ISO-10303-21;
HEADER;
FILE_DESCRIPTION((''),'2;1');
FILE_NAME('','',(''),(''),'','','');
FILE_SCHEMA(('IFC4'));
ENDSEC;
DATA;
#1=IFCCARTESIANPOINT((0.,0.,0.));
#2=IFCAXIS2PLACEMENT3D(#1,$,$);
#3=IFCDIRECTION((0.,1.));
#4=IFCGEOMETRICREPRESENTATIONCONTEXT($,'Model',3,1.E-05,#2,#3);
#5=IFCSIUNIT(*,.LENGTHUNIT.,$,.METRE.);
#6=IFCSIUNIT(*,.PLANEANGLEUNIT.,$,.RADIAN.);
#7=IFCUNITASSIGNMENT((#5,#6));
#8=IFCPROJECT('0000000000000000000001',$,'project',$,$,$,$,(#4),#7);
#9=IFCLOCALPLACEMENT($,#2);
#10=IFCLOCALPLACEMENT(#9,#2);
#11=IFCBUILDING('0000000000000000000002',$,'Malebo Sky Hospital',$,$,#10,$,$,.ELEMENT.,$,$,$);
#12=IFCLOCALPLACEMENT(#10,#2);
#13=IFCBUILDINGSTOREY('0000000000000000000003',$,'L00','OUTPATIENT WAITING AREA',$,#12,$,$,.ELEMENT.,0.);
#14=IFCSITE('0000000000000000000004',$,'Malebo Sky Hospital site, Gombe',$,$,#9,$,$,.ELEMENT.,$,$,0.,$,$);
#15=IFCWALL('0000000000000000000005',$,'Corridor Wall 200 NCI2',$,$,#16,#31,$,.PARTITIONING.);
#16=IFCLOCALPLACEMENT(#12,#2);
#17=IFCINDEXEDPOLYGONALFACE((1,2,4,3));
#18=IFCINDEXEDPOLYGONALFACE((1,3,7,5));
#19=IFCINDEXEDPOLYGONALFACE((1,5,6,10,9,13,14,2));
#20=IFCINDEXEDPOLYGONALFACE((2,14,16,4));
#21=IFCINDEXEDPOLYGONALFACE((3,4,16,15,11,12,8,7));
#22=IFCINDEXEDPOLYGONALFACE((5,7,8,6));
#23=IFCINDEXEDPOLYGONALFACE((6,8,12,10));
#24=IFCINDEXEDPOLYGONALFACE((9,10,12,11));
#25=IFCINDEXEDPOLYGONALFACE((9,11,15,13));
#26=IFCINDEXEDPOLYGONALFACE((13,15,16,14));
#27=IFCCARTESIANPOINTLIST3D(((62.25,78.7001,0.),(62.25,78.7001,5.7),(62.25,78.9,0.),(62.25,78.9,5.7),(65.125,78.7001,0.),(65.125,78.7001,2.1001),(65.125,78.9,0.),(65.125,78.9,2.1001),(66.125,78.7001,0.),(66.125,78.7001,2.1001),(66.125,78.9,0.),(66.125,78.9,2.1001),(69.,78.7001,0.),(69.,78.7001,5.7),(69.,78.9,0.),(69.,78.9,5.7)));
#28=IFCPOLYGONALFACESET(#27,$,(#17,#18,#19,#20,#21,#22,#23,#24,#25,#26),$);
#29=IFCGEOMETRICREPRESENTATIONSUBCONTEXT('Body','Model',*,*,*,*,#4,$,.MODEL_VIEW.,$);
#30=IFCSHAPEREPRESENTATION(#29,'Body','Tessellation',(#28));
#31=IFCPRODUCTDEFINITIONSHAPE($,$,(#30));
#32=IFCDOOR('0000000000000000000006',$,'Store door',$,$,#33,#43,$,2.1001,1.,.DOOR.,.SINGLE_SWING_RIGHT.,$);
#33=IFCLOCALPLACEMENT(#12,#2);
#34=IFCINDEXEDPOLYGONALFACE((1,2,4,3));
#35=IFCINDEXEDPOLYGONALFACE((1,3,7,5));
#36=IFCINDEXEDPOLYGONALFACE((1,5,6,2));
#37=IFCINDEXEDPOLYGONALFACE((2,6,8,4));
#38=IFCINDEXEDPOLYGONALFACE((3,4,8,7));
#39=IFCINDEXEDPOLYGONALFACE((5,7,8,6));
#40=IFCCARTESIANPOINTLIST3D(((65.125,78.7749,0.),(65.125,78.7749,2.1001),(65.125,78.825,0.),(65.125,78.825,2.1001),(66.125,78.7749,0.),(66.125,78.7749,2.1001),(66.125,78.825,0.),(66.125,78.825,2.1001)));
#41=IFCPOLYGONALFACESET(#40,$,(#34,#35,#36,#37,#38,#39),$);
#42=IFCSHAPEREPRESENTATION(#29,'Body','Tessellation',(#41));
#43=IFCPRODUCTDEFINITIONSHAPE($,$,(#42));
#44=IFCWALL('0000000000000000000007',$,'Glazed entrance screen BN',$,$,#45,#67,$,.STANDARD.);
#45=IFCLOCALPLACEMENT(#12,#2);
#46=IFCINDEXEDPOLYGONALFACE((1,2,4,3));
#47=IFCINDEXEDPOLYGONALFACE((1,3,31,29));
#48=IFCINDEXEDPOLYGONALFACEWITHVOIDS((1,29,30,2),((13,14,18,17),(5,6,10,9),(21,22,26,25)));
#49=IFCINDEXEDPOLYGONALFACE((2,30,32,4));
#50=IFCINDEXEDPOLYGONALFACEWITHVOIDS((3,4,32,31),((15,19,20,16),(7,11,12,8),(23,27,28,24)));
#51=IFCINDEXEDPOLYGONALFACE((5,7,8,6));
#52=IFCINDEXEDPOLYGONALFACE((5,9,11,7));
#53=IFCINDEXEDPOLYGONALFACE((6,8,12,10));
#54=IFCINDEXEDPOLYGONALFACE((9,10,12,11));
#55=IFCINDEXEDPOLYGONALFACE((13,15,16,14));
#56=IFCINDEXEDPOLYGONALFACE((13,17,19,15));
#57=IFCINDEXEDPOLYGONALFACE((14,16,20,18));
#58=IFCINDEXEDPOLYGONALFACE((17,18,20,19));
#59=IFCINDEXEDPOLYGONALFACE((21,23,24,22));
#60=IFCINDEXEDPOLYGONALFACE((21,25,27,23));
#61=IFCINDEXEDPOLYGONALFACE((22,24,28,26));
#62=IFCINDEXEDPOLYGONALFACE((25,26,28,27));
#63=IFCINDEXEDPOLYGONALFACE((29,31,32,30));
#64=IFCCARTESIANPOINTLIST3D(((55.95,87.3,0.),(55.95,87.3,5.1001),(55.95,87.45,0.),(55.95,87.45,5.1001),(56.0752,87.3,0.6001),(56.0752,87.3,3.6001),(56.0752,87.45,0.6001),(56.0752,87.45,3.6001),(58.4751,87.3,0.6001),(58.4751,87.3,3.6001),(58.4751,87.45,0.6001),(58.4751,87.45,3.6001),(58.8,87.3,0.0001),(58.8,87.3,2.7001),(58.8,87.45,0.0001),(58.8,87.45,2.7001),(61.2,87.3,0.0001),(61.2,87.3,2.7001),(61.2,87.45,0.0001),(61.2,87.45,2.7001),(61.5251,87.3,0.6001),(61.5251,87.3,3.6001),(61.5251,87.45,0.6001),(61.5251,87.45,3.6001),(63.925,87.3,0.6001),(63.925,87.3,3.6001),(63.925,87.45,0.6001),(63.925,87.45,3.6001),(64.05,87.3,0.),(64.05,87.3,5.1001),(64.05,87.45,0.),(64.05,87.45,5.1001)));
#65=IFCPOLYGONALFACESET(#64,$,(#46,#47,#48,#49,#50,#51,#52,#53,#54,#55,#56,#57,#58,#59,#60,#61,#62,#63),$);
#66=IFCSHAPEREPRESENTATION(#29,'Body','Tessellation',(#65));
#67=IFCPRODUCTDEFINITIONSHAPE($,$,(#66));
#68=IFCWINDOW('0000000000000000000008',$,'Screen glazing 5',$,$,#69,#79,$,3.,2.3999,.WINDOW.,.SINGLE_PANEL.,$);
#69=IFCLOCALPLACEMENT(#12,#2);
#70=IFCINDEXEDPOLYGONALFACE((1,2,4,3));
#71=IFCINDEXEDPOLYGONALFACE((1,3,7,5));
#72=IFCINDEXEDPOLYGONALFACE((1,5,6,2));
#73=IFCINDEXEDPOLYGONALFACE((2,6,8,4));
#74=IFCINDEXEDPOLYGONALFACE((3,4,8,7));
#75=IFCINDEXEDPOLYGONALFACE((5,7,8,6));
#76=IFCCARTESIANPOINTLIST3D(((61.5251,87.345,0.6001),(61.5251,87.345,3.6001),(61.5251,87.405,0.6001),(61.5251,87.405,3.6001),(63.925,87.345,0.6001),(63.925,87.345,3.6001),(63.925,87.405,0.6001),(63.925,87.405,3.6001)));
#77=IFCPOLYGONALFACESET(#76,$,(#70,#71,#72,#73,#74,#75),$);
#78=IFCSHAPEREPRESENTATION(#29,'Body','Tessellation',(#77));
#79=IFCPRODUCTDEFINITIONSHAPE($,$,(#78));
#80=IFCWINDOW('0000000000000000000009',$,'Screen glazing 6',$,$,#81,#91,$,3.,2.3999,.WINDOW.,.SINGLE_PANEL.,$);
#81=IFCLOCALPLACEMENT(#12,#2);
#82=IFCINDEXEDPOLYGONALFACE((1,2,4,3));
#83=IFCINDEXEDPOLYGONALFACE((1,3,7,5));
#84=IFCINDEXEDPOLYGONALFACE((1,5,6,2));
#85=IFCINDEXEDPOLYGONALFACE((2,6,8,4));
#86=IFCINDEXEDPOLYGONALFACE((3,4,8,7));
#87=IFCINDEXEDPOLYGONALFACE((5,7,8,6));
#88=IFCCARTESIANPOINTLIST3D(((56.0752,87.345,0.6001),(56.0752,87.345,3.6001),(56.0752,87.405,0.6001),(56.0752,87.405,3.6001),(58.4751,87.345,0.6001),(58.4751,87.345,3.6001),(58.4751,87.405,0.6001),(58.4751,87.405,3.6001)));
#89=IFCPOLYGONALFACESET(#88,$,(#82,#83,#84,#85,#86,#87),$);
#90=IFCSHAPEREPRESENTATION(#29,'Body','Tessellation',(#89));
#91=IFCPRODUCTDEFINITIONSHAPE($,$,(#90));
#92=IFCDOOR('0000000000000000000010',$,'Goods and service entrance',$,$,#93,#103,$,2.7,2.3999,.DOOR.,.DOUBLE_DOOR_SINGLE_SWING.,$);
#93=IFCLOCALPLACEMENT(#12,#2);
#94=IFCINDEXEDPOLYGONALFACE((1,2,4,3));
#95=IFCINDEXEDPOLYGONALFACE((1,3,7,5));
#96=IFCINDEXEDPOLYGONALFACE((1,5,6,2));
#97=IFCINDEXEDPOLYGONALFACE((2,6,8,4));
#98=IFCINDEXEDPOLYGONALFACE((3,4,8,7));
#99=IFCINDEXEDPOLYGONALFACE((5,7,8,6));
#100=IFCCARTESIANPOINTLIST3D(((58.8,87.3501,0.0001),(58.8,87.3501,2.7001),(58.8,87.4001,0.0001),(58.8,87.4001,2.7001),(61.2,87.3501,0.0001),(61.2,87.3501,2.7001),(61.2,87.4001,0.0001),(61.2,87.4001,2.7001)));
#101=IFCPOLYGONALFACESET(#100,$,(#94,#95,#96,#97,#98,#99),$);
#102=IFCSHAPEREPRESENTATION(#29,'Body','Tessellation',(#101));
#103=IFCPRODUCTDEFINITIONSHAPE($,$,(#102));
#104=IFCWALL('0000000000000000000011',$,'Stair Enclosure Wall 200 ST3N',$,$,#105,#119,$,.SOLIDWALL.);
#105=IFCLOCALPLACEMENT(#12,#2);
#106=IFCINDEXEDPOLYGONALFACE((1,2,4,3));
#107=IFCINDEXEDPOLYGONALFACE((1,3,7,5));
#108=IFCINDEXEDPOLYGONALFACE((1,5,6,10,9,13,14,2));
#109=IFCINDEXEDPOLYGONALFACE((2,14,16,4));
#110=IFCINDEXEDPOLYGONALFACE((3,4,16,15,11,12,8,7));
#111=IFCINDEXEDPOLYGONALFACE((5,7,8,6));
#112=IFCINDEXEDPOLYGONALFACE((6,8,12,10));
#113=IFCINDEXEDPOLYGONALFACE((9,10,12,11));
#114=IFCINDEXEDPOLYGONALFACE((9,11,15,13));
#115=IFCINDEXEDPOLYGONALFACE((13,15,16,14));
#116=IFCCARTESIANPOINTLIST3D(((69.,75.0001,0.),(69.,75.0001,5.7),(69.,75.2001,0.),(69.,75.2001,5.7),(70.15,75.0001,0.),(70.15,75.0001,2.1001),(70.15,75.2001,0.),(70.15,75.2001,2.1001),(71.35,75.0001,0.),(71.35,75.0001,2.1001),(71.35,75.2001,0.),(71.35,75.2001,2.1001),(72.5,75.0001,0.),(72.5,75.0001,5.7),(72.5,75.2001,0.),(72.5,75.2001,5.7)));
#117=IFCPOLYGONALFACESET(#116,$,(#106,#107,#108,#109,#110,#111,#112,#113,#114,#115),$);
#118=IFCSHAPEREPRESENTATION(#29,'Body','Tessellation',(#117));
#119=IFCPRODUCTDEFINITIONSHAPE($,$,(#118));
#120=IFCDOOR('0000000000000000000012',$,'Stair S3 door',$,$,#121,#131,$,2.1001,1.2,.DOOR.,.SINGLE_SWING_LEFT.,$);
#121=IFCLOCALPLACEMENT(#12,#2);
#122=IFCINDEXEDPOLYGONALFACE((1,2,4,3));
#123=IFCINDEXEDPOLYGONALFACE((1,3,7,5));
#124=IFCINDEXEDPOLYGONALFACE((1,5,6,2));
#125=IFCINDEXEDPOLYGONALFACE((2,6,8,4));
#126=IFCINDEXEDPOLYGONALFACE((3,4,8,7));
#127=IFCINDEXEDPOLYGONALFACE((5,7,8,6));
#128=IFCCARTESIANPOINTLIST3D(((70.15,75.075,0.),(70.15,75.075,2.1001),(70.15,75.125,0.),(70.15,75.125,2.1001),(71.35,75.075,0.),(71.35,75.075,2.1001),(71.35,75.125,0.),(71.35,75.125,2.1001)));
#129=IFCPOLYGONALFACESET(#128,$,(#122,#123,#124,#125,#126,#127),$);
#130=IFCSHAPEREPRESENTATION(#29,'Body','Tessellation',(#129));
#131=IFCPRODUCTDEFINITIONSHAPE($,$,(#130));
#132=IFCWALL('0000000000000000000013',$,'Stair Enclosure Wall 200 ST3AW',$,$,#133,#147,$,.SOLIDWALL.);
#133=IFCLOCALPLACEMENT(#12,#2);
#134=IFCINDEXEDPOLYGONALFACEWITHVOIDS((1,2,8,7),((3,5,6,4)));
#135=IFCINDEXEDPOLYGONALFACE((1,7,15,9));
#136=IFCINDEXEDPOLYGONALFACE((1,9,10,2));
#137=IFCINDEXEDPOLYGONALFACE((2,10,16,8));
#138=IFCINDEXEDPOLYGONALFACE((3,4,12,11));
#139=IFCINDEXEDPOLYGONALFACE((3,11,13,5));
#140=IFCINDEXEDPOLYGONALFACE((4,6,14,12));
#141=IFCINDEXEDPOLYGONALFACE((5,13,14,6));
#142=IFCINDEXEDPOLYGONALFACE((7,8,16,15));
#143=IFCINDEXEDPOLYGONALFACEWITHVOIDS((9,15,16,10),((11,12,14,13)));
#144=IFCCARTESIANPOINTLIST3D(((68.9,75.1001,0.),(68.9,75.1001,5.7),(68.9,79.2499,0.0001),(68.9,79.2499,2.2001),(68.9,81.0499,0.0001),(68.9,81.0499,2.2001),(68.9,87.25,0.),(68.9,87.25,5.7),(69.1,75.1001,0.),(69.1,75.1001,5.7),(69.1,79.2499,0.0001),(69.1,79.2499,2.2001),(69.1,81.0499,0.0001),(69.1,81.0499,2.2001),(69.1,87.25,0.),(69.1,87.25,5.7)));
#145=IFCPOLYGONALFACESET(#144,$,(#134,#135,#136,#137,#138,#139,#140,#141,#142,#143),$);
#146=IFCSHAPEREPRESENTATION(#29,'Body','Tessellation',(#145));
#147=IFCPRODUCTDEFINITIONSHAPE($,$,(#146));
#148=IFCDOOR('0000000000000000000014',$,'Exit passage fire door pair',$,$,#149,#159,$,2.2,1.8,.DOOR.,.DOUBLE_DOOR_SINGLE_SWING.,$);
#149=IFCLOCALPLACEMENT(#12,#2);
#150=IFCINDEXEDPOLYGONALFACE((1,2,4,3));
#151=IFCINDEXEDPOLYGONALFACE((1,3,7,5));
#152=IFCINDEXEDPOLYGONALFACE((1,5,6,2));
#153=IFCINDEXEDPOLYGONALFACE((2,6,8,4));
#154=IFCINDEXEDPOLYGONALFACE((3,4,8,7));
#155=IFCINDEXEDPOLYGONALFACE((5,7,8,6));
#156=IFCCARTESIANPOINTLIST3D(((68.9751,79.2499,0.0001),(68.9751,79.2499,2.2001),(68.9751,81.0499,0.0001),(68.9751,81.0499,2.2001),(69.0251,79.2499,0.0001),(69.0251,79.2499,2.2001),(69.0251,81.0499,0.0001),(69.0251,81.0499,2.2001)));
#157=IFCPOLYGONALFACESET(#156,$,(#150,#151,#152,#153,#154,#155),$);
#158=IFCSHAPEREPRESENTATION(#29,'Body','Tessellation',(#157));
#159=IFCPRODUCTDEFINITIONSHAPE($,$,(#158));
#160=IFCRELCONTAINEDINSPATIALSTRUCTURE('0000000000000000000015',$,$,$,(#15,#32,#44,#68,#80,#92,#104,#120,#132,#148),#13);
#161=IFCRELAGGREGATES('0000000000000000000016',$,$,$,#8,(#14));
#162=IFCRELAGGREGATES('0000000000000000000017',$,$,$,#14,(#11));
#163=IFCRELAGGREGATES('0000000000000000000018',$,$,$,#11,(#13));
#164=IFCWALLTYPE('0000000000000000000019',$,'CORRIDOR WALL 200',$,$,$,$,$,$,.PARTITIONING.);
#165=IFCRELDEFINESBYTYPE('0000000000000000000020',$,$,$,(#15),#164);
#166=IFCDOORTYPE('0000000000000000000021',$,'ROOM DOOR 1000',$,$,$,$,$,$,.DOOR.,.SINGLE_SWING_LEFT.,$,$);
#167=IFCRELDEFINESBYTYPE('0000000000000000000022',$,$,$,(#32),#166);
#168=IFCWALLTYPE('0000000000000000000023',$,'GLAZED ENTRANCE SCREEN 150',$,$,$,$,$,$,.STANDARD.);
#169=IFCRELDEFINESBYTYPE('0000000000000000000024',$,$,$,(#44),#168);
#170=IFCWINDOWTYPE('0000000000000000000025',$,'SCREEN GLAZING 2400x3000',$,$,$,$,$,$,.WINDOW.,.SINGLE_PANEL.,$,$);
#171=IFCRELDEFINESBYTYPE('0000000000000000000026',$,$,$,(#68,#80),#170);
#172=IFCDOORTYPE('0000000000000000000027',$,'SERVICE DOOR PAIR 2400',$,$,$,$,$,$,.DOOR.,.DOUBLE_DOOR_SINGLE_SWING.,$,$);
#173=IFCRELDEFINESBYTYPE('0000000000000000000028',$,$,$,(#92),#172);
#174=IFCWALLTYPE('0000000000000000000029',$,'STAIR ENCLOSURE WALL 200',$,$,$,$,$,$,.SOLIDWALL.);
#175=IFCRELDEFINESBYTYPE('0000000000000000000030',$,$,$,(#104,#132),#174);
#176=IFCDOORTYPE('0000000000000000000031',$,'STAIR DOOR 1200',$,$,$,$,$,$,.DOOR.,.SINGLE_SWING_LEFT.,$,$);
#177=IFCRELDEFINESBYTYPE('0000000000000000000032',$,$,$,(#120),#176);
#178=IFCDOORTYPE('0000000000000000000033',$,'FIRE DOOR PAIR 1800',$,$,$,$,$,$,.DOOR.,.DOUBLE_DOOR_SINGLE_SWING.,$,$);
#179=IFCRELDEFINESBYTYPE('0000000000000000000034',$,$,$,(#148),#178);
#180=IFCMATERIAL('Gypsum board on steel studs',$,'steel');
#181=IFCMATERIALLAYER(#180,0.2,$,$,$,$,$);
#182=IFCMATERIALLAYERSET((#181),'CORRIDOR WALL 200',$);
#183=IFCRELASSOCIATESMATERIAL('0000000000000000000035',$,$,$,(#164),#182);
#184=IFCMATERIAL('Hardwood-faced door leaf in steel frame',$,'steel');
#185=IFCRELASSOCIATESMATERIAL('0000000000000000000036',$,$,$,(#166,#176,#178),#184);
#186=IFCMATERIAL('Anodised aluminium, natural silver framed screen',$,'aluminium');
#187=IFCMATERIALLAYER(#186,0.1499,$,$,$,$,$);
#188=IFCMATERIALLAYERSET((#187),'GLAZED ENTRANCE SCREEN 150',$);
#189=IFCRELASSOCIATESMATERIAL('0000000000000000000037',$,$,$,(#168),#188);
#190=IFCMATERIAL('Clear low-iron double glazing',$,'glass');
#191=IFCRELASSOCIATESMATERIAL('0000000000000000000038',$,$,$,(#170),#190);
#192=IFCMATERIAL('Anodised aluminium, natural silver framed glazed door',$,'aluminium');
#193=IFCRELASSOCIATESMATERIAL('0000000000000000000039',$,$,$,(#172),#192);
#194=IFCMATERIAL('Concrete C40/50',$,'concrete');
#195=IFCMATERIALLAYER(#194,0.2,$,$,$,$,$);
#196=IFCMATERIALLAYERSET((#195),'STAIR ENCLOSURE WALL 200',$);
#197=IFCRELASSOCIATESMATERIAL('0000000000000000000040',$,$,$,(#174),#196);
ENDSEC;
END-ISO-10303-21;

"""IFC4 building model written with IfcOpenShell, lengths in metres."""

from ifc_helpers import new_model, si_unit, direction, frame, frame_2d, origin, place, context, subcontext, project, spatial, rectangle, extrude, material, layer, layer_set, type_object, element, fill, save


model = new_model("IFC4")

# Units and contexts
model_context = context("Model", 3, precision=1e-05, world=origin(), true_north=direction((0.0, 1.0)))
body_context = subcontext(model_context, "Body", "Model", "MODEL_VIEW")
ifc_project = project(units=[si_unit("LENGTHUNIT", "METRE"), si_unit("PLANEANGLEUNIT", "RADIAN")], contexts=[model_context])

# Site, building, storey
site_placement = place(None, origin())
site = spatial("IfcSite", under=ifc_project, at=site_placement, Name="Malebo Sky Hospital site, Gombe", CompositionType="ELEMENT", RefElevation=0.0)
building_placement = place(site_placement, origin())
building = spatial("IfcBuilding", under=site, at=building_placement, Name="Malebo Sky Hospital", CompositionType="ELEMENT")
storey_placement = place(building_placement, origin())
storey = spatial("IfcBuildingStorey", under=building, at=storey_placement, Name="L00", Description="OUTPATIENT WAITING AREA", CompositionType="ELEMENT", Elevation=0.0)

# Wall, opening, door
ifc_material_1 = material(Name="Gypsum board on steel studs", Category="steel")
ifc_layer_1 = layer(ifc_material_1, 0.2)
ifc_layer_set_1 = layer_set([ifc_layer_1], Name="CORRIDOR WALL 200")
wall_type_1 = type_object("IfcWallType", Name="CORRIDOR WALL 200", PredefinedType="PARTITIONING", material=ifc_layer_set_1)
wall_1_placement = place(storey_placement, frame((62.25, 78.8, 0.0), z_axis=(0.0, 0.0, 1.0), x_axis=(1.0, 0.0, 0.0)))
wall_1 = element("IfcWall", 1, at=wall_1_placement, inside=storey, type_object=wall_type_1, Name="Corridor Wall 200 NCI2", PredefinedType="PARTITIONING", context=body_context, shape_type="SweptSolid", body=[
    extrude(rectangle(XDim=6.75, YDim=0.2, at=frame_2d((3.375, 0.0))), origin(), (0.0, 0.0, 1.0), 5.7),
])
opening_1_placement = place(wall_1_placement, frame((2.875, 0.0, 0.0)))
opening_1 = element("IfcOpeningElement", 2, at=opening_1_placement, cuts=wall_1, PredefinedType="OPENING", context=body_context, shape_type="SweptSolid", body=[
    extrude(rectangle(XDim=1.0, YDim=2.1001, at=frame_2d((0.5, 1.05))), frame((0.0, 0.1099, 0.0), z_axis=(0.0, -1.0, 0.0), x_axis=(1.0, 0.0, 0.0)), (0.0, 0.0, 1.0), 0.22),
])
ifc_material_2 = material(Name="Hardwood-faced door leaf in steel frame", Category="steel")
door_type_1 = type_object("IfcDoorType", Name="ROOM DOOR 1000", OperationType="SINGLE_SWING_LEFT", PredefinedType="DOOR", material=ifc_material_2)
door_1_placement = place(opening_1_placement, origin())
door_1 = element("IfcDoor", 3, at=door_1_placement, inside=storey, type_object=door_type_1, Name="Store door", OperationType="SINGLE_SWING_RIGHT", OverallHeight=2.1001, OverallWidth=1.0, PredefinedType="DOOR", context=body_context, shape_type="SweptSolid", body=[
    extrude(rectangle(XDim=1.0, YDim=2.1001, at=frame_2d((0.5, 1.05))), frame((0.0, 0.0249, 0.0), z_axis=(0.0, -1.0, 0.0), x_axis=(1.0, 0.0, 0.0)), (0.0, 0.0, 1.0), 0.05),
])
fill(opening_1, door_1)

# Wall, openings, windows, door
ifc_material_3 = material(Name="Anodised aluminium, natural silver framed screen", Category="aluminium")
ifc_layer_2 = layer(ifc_material_3, 0.1499)
ifc_layer_set_2 = layer_set([ifc_layer_2], Name="GLAZED ENTRANCE SCREEN 150")
wall_type_2 = type_object("IfcWallType", Name="GLAZED ENTRANCE SCREEN 150", PredefinedType="STANDARD", material=ifc_layer_set_2)
wall_2_placement = place(storey_placement, frame((64.05, 87.375, 0.0), z_axis=(0.0, 0.0, 1.0), x_axis=(-1.0, 0.0, 0.0)))
wall_2 = element("IfcWall", 4, at=wall_2_placement, inside=storey, type_object=wall_type_2, Name="Glazed entrance screen BN", PredefinedType="STANDARD", context=body_context, shape_type="SweptSolid", body=[
    extrude(rectangle(XDim=8.1001, YDim=0.1499, at=frame_2d((4.05, 0.0))), origin(), (0.0, 0.0, 1.0), 5.1001),
])
opening_2_placement = place(wall_2_placement, frame((2.8501, 0.0, 0.0)))
opening_2 = element("IfcOpeningElement", 5, at=opening_2_placement, cuts=wall_2, PredefinedType="OPENING", context=body_context, shape_type="SweptSolid", body=[
    extrude(rectangle(XDim=2.3999, YDim=2.7, at=frame_2d((1.2, 1.3501))), frame((0.0, 0.085, 0.0), z_axis=(0.0, -1.0, 0.0), x_axis=(1.0, 0.0, 0.0)), (0.0, 0.0, 1.0), 0.1699),
])
opening_3_placement = place(wall_2_placement, frame((0.125, 0.0, 0.6001)))
opening_3 = element("IfcOpeningElement", 6, at=opening_3_placement, cuts=wall_2, PredefinedType="OPENING", context=body_context, shape_type="SweptSolid", body=[
    extrude(rectangle(XDim=2.3999, YDim=3.0, at=frame_2d((1.2, 1.5))), frame((0.0, 0.085, 0.0), z_axis=(0.0, -1.0, 0.0), x_axis=(1.0, 0.0, 0.0)), (0.0, 0.0, 1.0), 0.1699),
])
opening_4_placement = place(wall_2_placement, frame((5.575, 0.0, 0.6001)))
opening_4 = element("IfcOpeningElement", 7, at=opening_4_placement, cuts=wall_2, PredefinedType="OPENING", context=body_context, shape_type="SweptSolid", body=[
    extrude(rectangle(XDim=2.3999, YDim=3.0, at=frame_2d((1.2, 1.5))), frame((0.0, 0.085, 0.0), z_axis=(0.0, -1.0, 0.0), x_axis=(1.0, 0.0, 0.0)), (0.0, 0.0, 1.0), 0.1699),
])
ifc_material_4 = material(Name="Clear low-iron double glazing", Category="glass")
window_type = type_object("IfcWindowType", Name="SCREEN GLAZING 2400x3000", PartitioningType="SINGLE_PANEL", PredefinedType="WINDOW", material=ifc_material_4)
window_1_placement = place(opening_3_placement, origin())
window_1 = element("IfcWindow", 8, at=window_1_placement, inside=storey, type_object=window_type, Name="Screen glazing 5", OverallHeight=3.0, OverallWidth=2.3999, PartitioningType="SINGLE_PANEL", PredefinedType="WINDOW", context=body_context, shape_type="SweptSolid", body=[
    extrude(rectangle(XDim=2.3999, YDim=3.0, at=frame_2d((1.2, 1.5))), frame((0.0, 0.03, 0.0), z_axis=(0.0, -1.0, 0.0), x_axis=(1.0, 0.0, 0.0)), (0.0, 0.0, 1.0), 0.0601),
])
fill(opening_3, window_1)
window_2_placement = place(opening_4_placement, origin())
window_2 = element("IfcWindow", 9, at=window_2_placement, inside=storey, type_object=window_type, Name="Screen glazing 6", OverallHeight=3.0, OverallWidth=2.3999, PartitioningType="SINGLE_PANEL", PredefinedType="WINDOW", context=body_context, shape_type="SweptSolid", body=[
    extrude(rectangle(XDim=2.3999, YDim=3.0, at=frame_2d((1.2, 1.5))), frame((0.0, 0.03, 0.0), z_axis=(0.0, -1.0, 0.0), x_axis=(1.0, 0.0, 0.0)), (0.0, 0.0, 1.0), 0.0601),
])
fill(opening_4, window_2)
ifc_material_5 = material(Name="Anodised aluminium, natural silver framed glazed door", Category="aluminium")
door_type_2 = type_object("IfcDoorType", Name="SERVICE DOOR PAIR 2400", OperationType="DOUBLE_DOOR_SINGLE_SWING", PredefinedType="DOOR", material=ifc_material_5)
door_2_placement = place(opening_2_placement, origin())
door_2 = element("IfcDoor", 10, at=door_2_placement, inside=storey, type_object=door_type_2, Name="Goods and service entrance", OperationType="DOUBLE_DOOR_SINGLE_SWING", OverallHeight=2.7, OverallWidth=2.3999, PredefinedType="DOOR", context=body_context, shape_type="SweptSolid", body=[
    extrude(rectangle(XDim=2.3999, YDim=2.7, at=frame_2d((1.2, 1.3501))), frame((0.0, 0.0249, 0.0), z_axis=(0.0, -1.0, 0.0), x_axis=(1.0, 0.0, 0.0)), (0.0, 0.0, 1.0), 0.05),
])
fill(opening_2, door_2)

# Walls, openings, doors
ifc_material_6 = material(Name="Concrete C40/50", Category="concrete")
ifc_layer_3 = layer(ifc_material_6, 0.2)
ifc_layer_set_3 = layer_set([ifc_layer_3], Name="STAIR ENCLOSURE WALL 200")
wall_type_3 = type_object("IfcWallType", Name="STAIR ENCLOSURE WALL 200", PredefinedType="SOLIDWALL", material=ifc_layer_set_3)
wall_3_placement = place(storey_placement, frame((69.0, 75.1001, 0.0), z_axis=(0.0, 0.0, 1.0), x_axis=(1.0, 0.0, 0.0)))
wall_3 = element("IfcWall", 11, at=wall_3_placement, inside=storey, type_object=wall_type_3, Name="Stair Enclosure Wall 200 ST3N", PredefinedType="SOLIDWALL", context=body_context, shape_type="SweptSolid", body=[
    extrude(rectangle(XDim=3.5, YDim=0.2, at=frame_2d((1.75, 0.0))), origin(), (0.0, 0.0, 1.0), 5.7),
])
opening_5_placement = place(wall_3_placement, frame((1.1499, 0.0, 0.0)))
opening_5 = element("IfcOpeningElement", 12, at=opening_5_placement, cuts=wall_3, PredefinedType="OPENING", context=body_context, shape_type="SweptSolid", body=[
    extrude(rectangle(XDim=1.2, YDim=2.1001, at=frame_2d((0.6001, 1.05))), frame((0.0, 0.1099, 0.0), z_axis=(0.0, -1.0, 0.0), x_axis=(1.0, 0.0, 0.0)), (0.0, 0.0, 1.0), 0.22),
])
door_type_3 = type_object("IfcDoorType", Name="STAIR DOOR 1200", OperationType="SINGLE_SWING_LEFT", PredefinedType="DOOR", material=ifc_material_2)
door_3_placement = place(opening_5_placement, origin())
door_3 = element("IfcDoor", 13, at=door_3_placement, inside=storey, type_object=door_type_3, Name="Stair S3 door", OperationType="SINGLE_SWING_LEFT", OverallHeight=2.1001, OverallWidth=1.2, PredefinedType="DOOR", context=body_context, shape_type="SweptSolid", body=[
    extrude(rectangle(XDim=1.2, YDim=2.1001, at=frame_2d((0.6001, 1.05))), frame((0.0, 0.0249, 0.0), z_axis=(0.0, -1.0, 0.0), x_axis=(1.0, 0.0, 0.0)), (0.0, 0.0, 1.0), 0.05),
])
fill(opening_5, door_3)
wall_4_placement = place(storey_placement, frame((69.0, 75.1001, 0.0), z_axis=(0.0, 0.0, 1.0), x_axis=(0.0, 1.0, 0.0)))
wall_4 = element("IfcWall", 14, at=wall_4_placement, inside=storey, type_object=wall_type_3, Name="Stair Enclosure Wall 200 ST3AW", PredefinedType="SOLIDWALL", context=body_context, shape_type="SweptSolid", body=[
    extrude(rectangle(XDim=12.1499, YDim=0.2, at=frame_2d((6.075, 0.0))), origin(), (0.0, 0.0, 1.0), 5.7),
])
opening_6_placement = place(wall_4_placement, frame((4.1499, 0.0, 0.0)))
opening_6 = element("IfcOpeningElement", 15, at=opening_6_placement, cuts=wall_4, PredefinedType="OPENING", context=body_context, shape_type="SweptSolid", body=[
    extrude(rectangle(XDim=1.8, YDim=2.2, at=frame_2d((0.8999, 1.1001))), frame((0.0, 0.1099, 0.0), z_axis=(0.0, -1.0, 0.0), x_axis=(1.0, 0.0, 0.0)), (0.0, 0.0, 1.0), 0.22),
])
door_type_4 = type_object("IfcDoorType", Name="FIRE DOOR PAIR 1800", OperationType="DOUBLE_DOOR_SINGLE_SWING", PredefinedType="DOOR", material=ifc_material_2)
door_4_placement = place(opening_6_placement, origin())
door_4 = element("IfcDoor", 16, at=door_4_placement, inside=storey, type_object=door_type_4, Name="Exit passage fire door pair", OperationType="DOUBLE_DOOR_SINGLE_SWING", OverallHeight=2.2, OverallWidth=1.8, PredefinedType="DOOR", context=body_context, shape_type="SweptSolid", body=[
    extrude(rectangle(XDim=1.8, YDim=2.2, at=frame_2d((0.8999, 1.1001))), frame((0.0, 0.0249, 0.0), z_axis=(0.0, -1.0, 0.0), x_axis=(1.0, 0.0, 0.0)), (0.0, 0.0, 1.0), 0.05),
])
fill(opening_6, door_4)

save(model, "model.ifc")
